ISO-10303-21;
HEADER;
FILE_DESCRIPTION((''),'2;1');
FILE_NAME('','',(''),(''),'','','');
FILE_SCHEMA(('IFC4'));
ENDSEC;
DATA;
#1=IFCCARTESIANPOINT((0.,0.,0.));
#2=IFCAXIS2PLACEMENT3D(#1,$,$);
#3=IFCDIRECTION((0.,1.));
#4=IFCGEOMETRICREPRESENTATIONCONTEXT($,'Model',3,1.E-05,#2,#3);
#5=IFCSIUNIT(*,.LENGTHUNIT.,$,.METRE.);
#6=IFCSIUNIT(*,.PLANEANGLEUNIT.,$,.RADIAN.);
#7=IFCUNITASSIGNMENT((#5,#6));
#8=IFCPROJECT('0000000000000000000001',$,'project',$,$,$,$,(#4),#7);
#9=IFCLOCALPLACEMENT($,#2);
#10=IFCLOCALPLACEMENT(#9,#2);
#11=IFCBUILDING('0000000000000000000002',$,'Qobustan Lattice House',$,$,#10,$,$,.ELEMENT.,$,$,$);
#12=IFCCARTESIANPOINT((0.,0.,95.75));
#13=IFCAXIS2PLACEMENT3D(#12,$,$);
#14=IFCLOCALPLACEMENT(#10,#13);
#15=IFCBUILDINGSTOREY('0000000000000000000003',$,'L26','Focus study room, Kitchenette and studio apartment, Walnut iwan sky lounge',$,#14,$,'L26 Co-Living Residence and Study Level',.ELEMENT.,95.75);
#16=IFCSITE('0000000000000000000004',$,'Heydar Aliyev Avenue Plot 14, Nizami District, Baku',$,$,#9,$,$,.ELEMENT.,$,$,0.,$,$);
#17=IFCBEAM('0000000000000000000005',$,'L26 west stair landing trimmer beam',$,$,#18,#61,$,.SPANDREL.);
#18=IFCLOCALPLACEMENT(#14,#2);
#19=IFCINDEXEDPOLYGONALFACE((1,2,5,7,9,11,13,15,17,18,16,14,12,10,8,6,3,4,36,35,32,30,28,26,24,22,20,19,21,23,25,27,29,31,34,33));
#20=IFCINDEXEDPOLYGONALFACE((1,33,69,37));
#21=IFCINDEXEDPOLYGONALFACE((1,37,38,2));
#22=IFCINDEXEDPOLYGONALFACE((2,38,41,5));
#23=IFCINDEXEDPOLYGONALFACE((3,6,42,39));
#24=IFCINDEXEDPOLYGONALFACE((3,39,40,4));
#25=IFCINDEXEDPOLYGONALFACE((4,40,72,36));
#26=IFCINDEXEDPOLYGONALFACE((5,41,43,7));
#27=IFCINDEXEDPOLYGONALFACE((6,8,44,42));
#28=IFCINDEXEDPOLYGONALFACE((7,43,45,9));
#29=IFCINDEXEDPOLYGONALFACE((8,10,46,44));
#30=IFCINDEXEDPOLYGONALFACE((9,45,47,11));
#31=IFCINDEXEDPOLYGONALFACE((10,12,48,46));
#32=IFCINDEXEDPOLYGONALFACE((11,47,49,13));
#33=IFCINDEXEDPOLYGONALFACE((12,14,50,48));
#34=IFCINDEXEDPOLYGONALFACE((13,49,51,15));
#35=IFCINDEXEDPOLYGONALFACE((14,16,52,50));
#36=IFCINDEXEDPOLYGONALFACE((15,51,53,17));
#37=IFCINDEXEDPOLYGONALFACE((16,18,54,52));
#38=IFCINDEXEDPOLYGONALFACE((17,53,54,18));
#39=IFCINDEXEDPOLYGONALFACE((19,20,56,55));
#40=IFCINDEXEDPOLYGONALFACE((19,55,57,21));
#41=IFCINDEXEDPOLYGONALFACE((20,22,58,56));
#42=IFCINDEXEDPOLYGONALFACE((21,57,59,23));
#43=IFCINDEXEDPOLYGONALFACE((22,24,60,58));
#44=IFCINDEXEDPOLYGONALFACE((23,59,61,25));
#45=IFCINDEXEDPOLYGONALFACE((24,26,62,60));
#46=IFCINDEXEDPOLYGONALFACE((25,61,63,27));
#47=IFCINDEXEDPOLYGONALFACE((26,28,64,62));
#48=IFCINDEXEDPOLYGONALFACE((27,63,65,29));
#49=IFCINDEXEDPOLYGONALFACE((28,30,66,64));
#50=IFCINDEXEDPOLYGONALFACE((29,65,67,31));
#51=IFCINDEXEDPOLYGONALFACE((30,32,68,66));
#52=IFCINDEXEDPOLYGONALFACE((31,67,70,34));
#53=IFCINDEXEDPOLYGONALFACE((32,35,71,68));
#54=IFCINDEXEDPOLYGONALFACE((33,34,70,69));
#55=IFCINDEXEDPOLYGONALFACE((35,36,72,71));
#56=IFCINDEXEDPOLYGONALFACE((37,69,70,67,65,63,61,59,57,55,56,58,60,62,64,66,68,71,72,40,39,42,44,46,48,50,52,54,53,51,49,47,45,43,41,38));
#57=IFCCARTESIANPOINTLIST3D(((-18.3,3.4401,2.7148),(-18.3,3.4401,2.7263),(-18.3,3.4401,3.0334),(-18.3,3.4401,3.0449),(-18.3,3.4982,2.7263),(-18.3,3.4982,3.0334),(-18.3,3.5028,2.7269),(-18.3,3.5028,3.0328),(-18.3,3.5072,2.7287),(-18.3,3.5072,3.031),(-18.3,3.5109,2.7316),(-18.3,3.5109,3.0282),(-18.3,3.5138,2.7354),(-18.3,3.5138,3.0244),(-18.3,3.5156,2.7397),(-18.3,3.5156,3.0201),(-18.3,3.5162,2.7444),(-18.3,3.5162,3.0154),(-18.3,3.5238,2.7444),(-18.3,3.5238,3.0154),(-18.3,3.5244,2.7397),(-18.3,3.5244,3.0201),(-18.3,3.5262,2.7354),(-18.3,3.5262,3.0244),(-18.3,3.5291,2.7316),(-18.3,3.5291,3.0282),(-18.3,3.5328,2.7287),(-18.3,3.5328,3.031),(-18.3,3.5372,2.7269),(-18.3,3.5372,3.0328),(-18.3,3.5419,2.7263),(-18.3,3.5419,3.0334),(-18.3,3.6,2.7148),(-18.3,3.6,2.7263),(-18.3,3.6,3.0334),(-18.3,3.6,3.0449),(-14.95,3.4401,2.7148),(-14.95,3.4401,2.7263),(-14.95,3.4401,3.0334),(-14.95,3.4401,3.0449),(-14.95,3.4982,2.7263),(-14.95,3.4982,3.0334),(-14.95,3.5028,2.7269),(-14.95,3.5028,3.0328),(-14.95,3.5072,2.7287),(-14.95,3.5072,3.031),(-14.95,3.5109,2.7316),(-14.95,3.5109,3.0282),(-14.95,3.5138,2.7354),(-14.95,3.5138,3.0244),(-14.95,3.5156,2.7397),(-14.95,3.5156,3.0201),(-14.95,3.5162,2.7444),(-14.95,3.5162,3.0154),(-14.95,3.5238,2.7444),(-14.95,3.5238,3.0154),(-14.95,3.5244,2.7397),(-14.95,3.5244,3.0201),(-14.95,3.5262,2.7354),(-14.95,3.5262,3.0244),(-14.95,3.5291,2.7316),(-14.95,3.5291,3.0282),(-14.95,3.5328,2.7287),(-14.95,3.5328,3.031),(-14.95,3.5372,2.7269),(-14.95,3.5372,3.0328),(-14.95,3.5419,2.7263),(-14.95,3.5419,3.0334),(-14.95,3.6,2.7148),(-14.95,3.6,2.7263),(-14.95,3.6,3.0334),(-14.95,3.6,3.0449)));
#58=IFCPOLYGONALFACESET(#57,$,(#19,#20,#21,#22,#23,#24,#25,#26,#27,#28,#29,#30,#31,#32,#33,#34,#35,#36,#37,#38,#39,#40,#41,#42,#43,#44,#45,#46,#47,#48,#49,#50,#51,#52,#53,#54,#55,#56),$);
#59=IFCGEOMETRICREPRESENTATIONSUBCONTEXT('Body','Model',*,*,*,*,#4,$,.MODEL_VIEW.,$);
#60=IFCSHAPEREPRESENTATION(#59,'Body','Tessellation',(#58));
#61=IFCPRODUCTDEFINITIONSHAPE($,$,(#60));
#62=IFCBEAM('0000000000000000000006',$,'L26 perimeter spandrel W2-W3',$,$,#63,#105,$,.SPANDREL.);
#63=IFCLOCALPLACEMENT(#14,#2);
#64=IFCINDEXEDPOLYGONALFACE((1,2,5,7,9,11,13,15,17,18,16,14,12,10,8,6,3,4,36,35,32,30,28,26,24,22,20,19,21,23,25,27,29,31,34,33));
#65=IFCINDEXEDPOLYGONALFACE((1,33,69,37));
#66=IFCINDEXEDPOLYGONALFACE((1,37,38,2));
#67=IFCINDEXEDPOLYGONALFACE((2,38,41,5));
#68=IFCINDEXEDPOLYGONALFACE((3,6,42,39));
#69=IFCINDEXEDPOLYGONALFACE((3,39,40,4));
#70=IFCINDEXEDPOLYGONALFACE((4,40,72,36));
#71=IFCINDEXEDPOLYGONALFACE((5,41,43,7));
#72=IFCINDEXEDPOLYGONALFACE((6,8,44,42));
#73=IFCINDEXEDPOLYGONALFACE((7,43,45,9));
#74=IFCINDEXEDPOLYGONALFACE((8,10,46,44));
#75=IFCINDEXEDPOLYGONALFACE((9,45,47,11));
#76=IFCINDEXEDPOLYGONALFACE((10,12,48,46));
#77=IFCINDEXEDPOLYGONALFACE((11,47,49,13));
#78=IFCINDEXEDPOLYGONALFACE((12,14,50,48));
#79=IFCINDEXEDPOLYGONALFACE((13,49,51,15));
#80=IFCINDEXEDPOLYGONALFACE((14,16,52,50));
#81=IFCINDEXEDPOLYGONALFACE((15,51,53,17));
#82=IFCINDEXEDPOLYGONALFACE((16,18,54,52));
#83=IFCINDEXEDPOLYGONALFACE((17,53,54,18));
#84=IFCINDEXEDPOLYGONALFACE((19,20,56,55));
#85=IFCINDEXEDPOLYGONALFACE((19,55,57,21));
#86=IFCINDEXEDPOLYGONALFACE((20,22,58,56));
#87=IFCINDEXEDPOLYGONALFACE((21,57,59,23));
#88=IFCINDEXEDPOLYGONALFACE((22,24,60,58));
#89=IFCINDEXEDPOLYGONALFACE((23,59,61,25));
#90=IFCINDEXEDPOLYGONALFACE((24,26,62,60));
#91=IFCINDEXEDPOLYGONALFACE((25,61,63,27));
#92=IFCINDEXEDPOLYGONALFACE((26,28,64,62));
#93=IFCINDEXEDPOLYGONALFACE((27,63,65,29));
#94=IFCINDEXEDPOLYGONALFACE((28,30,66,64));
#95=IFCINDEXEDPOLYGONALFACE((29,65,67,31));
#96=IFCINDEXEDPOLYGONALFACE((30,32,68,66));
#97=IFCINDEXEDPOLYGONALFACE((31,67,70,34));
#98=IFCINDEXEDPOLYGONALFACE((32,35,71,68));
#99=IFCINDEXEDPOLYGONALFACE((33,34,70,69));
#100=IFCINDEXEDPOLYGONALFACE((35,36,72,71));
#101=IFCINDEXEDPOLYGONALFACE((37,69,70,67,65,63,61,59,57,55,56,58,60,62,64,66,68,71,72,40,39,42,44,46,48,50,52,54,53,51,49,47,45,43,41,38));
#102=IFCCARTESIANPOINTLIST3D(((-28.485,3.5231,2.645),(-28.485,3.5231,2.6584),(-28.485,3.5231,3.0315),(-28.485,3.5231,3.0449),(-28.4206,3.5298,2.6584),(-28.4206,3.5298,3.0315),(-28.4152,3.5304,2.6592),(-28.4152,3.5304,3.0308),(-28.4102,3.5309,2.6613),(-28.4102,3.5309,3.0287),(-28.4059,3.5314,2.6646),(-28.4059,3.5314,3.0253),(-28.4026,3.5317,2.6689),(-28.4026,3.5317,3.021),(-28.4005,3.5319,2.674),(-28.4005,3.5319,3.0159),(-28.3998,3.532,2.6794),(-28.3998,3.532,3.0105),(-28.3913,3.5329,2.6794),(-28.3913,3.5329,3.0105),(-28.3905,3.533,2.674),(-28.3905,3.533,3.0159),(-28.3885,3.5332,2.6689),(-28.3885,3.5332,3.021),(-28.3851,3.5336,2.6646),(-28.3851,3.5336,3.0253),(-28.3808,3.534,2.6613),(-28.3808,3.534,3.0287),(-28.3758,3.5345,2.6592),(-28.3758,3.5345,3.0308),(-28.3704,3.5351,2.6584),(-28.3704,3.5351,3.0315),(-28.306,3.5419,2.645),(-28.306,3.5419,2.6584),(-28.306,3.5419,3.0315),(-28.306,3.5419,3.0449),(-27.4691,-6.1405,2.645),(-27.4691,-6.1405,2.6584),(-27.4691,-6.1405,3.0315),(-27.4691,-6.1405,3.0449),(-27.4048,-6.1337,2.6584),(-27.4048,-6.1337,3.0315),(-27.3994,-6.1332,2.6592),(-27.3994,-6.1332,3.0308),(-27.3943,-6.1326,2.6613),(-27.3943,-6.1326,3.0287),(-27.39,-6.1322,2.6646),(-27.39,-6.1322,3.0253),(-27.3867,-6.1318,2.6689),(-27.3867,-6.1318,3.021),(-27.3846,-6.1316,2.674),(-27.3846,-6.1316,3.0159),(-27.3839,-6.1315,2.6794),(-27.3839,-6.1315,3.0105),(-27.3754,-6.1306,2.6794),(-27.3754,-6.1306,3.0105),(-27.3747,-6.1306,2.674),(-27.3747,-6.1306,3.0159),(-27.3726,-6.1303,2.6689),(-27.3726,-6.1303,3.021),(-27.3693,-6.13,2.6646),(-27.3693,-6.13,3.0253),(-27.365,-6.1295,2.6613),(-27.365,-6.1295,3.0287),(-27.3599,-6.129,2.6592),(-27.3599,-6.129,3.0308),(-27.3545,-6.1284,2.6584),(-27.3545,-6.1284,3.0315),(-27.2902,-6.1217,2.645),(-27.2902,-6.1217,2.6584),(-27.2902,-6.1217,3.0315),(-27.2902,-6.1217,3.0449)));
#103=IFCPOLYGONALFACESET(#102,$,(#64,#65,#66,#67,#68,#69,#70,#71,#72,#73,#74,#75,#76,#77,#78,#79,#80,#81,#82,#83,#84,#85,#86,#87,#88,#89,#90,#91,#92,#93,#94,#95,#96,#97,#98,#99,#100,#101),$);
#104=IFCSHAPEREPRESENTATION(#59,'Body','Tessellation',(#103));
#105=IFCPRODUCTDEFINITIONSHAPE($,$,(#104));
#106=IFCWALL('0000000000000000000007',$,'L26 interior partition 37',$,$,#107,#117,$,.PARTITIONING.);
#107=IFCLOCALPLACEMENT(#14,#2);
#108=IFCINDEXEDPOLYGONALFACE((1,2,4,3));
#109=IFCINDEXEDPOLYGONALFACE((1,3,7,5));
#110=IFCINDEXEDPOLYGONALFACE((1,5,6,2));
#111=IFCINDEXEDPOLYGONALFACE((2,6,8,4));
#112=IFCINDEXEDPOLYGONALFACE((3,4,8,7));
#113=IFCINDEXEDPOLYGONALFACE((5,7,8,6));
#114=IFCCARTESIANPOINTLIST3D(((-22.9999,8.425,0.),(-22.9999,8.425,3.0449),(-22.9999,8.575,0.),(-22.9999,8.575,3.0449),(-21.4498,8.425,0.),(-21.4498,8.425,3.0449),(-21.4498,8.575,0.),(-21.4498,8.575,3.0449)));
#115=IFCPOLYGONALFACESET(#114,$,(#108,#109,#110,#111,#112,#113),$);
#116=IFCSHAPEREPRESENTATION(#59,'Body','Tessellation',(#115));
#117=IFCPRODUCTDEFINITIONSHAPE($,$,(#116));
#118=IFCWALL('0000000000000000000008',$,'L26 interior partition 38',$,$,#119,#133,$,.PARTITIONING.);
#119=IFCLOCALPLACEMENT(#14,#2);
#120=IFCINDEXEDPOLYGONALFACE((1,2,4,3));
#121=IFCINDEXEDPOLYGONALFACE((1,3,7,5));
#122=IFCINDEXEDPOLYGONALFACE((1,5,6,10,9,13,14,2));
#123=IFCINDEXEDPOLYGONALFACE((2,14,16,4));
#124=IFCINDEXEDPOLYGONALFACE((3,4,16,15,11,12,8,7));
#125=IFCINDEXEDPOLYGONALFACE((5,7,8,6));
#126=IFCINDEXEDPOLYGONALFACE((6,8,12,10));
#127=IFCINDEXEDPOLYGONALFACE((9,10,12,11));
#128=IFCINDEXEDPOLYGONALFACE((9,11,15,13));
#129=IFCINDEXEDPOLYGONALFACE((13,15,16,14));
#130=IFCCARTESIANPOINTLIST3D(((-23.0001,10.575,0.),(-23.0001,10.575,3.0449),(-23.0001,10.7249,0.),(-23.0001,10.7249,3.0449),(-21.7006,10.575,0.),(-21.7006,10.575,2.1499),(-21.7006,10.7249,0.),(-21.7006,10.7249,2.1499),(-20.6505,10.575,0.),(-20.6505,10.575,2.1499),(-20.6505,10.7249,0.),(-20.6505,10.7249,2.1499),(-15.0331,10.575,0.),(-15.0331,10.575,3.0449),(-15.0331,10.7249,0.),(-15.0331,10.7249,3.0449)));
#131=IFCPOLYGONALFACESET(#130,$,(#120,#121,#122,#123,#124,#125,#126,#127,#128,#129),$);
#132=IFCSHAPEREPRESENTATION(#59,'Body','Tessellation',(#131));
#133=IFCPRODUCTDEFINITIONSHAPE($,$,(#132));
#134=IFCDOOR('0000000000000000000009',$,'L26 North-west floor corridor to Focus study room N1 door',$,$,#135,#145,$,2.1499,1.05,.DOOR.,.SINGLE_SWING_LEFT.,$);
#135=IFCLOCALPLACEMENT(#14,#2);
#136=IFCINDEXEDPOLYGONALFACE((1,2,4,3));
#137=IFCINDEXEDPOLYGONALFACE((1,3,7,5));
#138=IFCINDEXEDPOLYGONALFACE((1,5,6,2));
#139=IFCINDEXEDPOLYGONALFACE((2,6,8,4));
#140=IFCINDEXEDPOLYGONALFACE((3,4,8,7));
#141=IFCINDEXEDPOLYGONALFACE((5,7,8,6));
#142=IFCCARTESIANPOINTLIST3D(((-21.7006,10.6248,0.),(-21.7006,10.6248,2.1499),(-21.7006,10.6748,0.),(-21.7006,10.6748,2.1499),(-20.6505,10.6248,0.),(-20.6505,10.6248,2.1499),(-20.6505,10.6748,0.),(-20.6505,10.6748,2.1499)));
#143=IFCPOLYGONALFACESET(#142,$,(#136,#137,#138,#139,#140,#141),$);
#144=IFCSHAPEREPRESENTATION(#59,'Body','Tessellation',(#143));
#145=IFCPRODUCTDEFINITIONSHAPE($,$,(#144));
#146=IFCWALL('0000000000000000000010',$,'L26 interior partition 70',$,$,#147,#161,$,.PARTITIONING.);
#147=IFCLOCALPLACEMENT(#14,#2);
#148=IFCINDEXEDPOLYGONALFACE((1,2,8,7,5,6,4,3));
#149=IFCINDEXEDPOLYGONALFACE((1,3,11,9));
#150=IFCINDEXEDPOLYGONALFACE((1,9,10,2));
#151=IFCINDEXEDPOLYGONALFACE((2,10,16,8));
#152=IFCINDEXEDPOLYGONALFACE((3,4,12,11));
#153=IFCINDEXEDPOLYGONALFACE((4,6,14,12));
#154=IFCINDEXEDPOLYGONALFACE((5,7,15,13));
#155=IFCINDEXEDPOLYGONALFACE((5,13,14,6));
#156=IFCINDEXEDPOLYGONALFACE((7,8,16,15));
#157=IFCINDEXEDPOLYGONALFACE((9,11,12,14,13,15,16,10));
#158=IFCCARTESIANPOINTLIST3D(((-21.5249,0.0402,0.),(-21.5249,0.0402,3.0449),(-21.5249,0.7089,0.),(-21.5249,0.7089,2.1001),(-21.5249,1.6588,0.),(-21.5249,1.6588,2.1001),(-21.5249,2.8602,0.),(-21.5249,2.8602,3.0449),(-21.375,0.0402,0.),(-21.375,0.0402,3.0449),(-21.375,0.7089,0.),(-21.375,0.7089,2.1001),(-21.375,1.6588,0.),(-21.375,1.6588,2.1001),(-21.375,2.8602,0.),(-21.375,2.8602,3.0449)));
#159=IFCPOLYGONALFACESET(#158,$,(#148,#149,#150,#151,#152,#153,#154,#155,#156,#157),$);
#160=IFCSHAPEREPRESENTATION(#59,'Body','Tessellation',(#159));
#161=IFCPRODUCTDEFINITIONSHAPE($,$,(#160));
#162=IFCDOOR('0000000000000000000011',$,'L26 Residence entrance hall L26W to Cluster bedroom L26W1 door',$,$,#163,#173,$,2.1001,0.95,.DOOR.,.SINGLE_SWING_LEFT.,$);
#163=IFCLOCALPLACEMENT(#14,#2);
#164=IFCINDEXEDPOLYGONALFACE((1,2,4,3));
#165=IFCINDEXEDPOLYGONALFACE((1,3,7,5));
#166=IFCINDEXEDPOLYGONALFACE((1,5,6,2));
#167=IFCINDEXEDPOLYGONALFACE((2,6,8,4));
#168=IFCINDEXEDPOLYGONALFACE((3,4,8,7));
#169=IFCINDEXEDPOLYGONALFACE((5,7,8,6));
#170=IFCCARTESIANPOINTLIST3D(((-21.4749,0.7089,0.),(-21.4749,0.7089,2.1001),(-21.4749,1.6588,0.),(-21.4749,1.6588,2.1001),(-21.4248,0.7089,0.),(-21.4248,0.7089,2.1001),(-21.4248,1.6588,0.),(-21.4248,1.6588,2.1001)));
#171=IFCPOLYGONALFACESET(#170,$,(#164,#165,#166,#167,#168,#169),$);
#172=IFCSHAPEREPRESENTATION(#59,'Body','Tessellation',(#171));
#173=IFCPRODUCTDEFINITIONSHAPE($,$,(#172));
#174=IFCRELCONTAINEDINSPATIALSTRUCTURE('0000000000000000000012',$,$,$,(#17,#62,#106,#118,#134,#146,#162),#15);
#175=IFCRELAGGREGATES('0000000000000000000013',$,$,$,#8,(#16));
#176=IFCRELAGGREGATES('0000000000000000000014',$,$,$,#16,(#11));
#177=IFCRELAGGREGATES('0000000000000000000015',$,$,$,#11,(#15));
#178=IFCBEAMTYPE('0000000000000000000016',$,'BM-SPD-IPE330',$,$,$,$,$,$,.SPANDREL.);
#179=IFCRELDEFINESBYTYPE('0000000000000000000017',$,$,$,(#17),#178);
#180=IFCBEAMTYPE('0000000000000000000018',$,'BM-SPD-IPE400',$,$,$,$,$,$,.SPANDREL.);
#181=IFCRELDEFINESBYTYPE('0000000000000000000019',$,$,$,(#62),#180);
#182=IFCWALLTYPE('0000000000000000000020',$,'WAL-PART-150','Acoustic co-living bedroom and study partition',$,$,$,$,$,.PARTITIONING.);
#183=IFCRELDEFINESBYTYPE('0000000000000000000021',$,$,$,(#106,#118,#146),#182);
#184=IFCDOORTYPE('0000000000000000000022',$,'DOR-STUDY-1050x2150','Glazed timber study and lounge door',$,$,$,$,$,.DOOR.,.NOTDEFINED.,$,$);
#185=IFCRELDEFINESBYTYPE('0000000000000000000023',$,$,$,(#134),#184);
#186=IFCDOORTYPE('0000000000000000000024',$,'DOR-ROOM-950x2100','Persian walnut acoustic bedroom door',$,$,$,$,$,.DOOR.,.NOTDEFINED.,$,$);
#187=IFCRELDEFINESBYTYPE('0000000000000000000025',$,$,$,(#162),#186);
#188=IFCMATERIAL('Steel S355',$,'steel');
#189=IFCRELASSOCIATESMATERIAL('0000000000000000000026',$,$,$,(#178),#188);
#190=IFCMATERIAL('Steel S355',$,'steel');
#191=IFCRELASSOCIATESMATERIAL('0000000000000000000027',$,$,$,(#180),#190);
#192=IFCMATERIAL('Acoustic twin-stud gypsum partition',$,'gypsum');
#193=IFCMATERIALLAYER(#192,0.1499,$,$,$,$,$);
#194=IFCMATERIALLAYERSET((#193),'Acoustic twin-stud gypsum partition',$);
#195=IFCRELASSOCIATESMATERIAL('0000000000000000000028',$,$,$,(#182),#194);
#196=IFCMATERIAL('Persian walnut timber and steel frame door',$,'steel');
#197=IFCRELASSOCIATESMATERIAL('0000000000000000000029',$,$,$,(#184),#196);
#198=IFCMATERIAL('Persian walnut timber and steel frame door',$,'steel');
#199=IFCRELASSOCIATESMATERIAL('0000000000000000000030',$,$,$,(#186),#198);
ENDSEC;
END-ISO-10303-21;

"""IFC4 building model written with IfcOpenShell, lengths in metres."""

from ifc_helpers import new_model, si_unit, direction, frame, frame_2d, origin, origin_2d, place, context, subcontext, project, spatial, rectangle, i_section, extrude, material, layer, layer_set, material_profile, profile_set, type_object, element, fill, save


model = new_model("IFC4")

# Units and contexts
model_context = context("Model", 3, precision=1e-05, world=origin(), true_north=direction((0.0, 1.0)))
body_context = subcontext(model_context, "Body", "Model", "MODEL_VIEW")
ifc_project = project(units=[si_unit("LENGTHUNIT", "METRE"), si_unit("PLANEANGLEUNIT", "RADIAN")], contexts=[model_context])

# Site, building, storey
site_placement = place(None, origin())
site = spatial("IfcSite", under=ifc_project, at=site_placement, Name="Heydar Aliyev Avenue Plot 14, Nizami District, Baku", CompositionType="ELEMENT", RefElevation=0.0)
building_placement = place(site_placement, origin())
building = spatial("IfcBuilding", under=site, at=building_placement, Name="Qobustan Lattice House", CompositionType="ELEMENT")
storey_placement = place(building_placement, frame((0.0, 0.0, 95.75)))
storey = spatial("IfcBuildingStorey", under=building, at=storey_placement, Name="L26", Description="Focus study room, Kitchenette and studio apartment, Walnut iwan sky lounge", LongName="L26 Co-Living Residence and Study Level", CompositionType="ELEMENT", Elevation=95.75)

# Beams
ifc_material_1 = material(Name="Steel S355", Category="steel")
ifc_material_profile_1 = material_profile(ifc_material_1, i_section(OverallWidth=0.1599, OverallDepth=0.3301, WebThickness=0.0076, FlangeThickness=0.0115, FilletRadius=0.0181, at=origin_2d()), Name="IPE330")
ifc_profile_set_1 = profile_set([ifc_material_profile_1], Name="Steel S355")
beam_type_1 = type_object("IfcBeamType", Name="BM-SPD-IPE330", PredefinedType="SPANDREL", material=ifc_profile_set_1)
beam_1_placement = place(storey_placement, frame((-18.3, 3.52, 2.8799), z_axis=(1.0, 0.0, 0.0), x_axis=(0.0, 1.0, 0.0)))
element("IfcBeam", 1, at=beam_1_placement, inside=storey, type_object=beam_type_1, Name="L26 west stair landing trimmer beam", PredefinedType="SPANDREL", context=body_context, shape_type="SweptSolid", body=[
    extrude(i_section(OverallWidth=0.1599, OverallDepth=0.3301, WebThickness=0.0076, FlangeThickness=0.0115, FilletRadius=0.0181, at=origin_2d()), origin(), (0.0, 0.0, 1.0), 3.3501),
])
ifc_material_2 = material(Name="Steel S355", Category="steel")
ifc_material_profile_2 = material_profile(ifc_material_2, i_section(OverallWidth=0.1799, OverallDepth=0.3999, WebThickness=0.0085, FlangeThickness=0.0134, FilletRadius=0.021, at=origin_2d()), Name="IPE400")
ifc_profile_set_2 = profile_set([ifc_material_profile_2], Name="Steel S355")
beam_type_2 = type_object("IfcBeamType", Name="BM-SPD-IPE400", PredefinedType="SPANDREL", material=ifc_profile_set_2)
beam_2_placement = place(storey_placement, frame((-28.3955, 3.5325, 2.845), z_axis=(0.104547, -0.99452, 0.0), x_axis=(0.99452, 0.104547, 0.0)))
element("IfcBeam", 2, at=beam_2_placement, inside=storey, type_object=beam_type_2, Name="L26 perimeter spandrel W2-W3", PredefinedType="SPANDREL", context=body_context, shape_type="SweptSolid", body=[
    extrude(i_section(OverallWidth=0.1799, OverallDepth=0.3999, WebThickness=0.0085, FlangeThickness=0.0134, FilletRadius=0.021, at=origin_2d()), origin(), (0.0, 0.0, 1.0), 9.7168),
])

# Wall
ifc_material_3 = material(Name="Acoustic twin-stud gypsum partition", Category="gypsum")
ifc_layer_1 = layer(ifc_material_3, 0.1499)
ifc_layer_set_1 = layer_set([ifc_layer_1], Name="Acoustic twin-stud gypsum partition")
wall_type_1 = type_object("IfcWallType", Name="WAL-PART-150", Description="Acoustic co-living bedroom and study partition", PredefinedType="PARTITIONING", material=ifc_layer_set_1)
wall_1_placement = place(storey_placement, frame((-21.45, 8.5, 0.0), z_axis=(0.0, 0.0, 1.0), x_axis=(-1.0, 0.0, 0.0)))
element("IfcWall", 3, at=wall_1_placement, inside=storey, type_object=wall_type_1, Name="L26 interior partition 37", PredefinedType="PARTITIONING", context=body_context, shape_type="SweptSolid", body=[
    extrude(rectangle(XDim=1.55, YDim=0.1499, at=frame_2d((0.7749, 0.0))), origin(), (0.0, 0.0, 1.0), 3.0449),
])

# Walls, openings, doors
wall_2_placement = place(storey_placement, frame((-23.0, 10.6499, 0.0), z_axis=(0.0, 0.0, 1.0), x_axis=(1.0, 0.0, 0.0)))
wall_2 = element("IfcWall", 4, at=wall_2_placement, inside=storey, type_object=wall_type_1, Name="L26 interior partition 38", PredefinedType="PARTITIONING", context=body_context, shape_type="SweptSolid", body=[
    extrude(rectangle(XDim=7.967, YDim=0.1499, at=frame_2d((3.9834, 0.0))), origin(), (0.0, 0.0, 1.0), 3.0449),
])
opening_1_placement = place(wall_2_placement, frame((1.2996, 0.0, 0.0)))
opening_1 = element("IfcOpeningElement", 5, at=opening_1_placement, cuts=wall_2, PredefinedType="OPENING", context=body_context, shape_type="SweptSolid", body=[
    extrude(rectangle(XDim=1.05, YDim=2.1499, at=frame_2d((0.5249, 1.075))), frame((0.0, 0.085, 0.0), z_axis=(0.0, -1.0, 0.0), x_axis=(1.0, 0.0, 0.0)), (0.0, 0.0, 1.0), 0.1699),
])
ifc_material_4 = material(Name="Persian walnut timber and steel frame door", Category="steel")
door_type_1 = type_object("IfcDoorType", Name="DOR-STUDY-1050x2150", Description="Glazed timber study and lounge door", OperationType="NOTDEFINED", PredefinedType="DOOR", material=ifc_material_4)
door_1_placement = place(opening_1_placement, origin())
door_1 = element("IfcDoor", 6, at=door_1_placement, inside=storey, type_object=door_type_1, Name="L26 North-west floor corridor to Focus study room N1 door", OperationType="SINGLE_SWING_LEFT", OverallHeight=2.1499, OverallWidth=1.05, PredefinedType="DOOR", context=body_context, shape_type="SweptSolid", body=[
    extrude(rectangle(XDim=1.05, YDim=2.1499, at=frame_2d((0.5249, 1.075))), frame((0.0, 0.0249, 0.0), z_axis=(0.0, -1.0, 0.0), x_axis=(1.0, 0.0, 0.0)), (0.0, 0.0, 1.0), 0.05),
])
fill(opening_1, door_1)
wall_3_placement = place(storey_placement, frame((-21.45, 0.04, 0.0), z_axis=(0.0, 0.0, 1.0), x_axis=(0.0, 1.0, 0.0)))
wall_3 = element("IfcWall", 7, at=wall_3_placement, inside=storey, type_object=wall_type_1, Name="L26 interior partition 70", PredefinedType="PARTITIONING", context=body_context, shape_type="SweptSolid", body=[
    extrude(rectangle(XDim=2.8201, YDim=0.1499, at=frame_2d((1.4102, 0.0))), origin(), (0.0, 0.0, 1.0), 3.0449),
])
opening_2_placement = place(wall_3_placement, frame((0.6687, 0.0, 0.0)))
opening_2 = element("IfcOpeningElement", 8, at=opening_2_placement, cuts=wall_3, PredefinedType="OPENING", context=body_context, shape_type="SweptSolid", body=[
    extrude(rectangle(XDim=0.95, YDim=2.1001, at=frame_2d((0.4751, 1.05))), frame((0.0, 0.085, 0.0), z_axis=(0.0, -1.0, 0.0), x_axis=(1.0, 0.0, 0.0)), (0.0, 0.0, 1.0), 0.1699),
])
ifc_material_5 = material(Name="Persian walnut timber and steel frame door", Category="steel")
door_type_2 = type_object("IfcDoorType", Name="DOR-ROOM-950x2100", Description="Persian walnut acoustic bedroom door", OperationType="NOTDEFINED", PredefinedType="DOOR", material=ifc_material_5)
door_2_placement = place(opening_2_placement, origin())
door_2 = element("IfcDoor", 9, at=door_2_placement, inside=storey, type_object=door_type_2, Name="L26 Residence entrance hall L26W to Cluster bedroom L26W1 door", OperationType="SINGLE_SWING_LEFT", OverallHeight=2.1001, OverallWidth=0.95, PredefinedType="DOOR", context=body_context, shape_type="SweptSolid", body=[
    extrude(rectangle(XDim=0.95, YDim=2.1001, at=frame_2d((0.4751, 1.05))), frame((0.0, 0.0249, 0.0), z_axis=(0.0, -1.0, 0.0), x_axis=(1.0, 0.0, 0.0)), (0.0, 0.0, 1.0), 0.05),
])
fill(opening_2, door_2)

save(model, "model.ifc")
